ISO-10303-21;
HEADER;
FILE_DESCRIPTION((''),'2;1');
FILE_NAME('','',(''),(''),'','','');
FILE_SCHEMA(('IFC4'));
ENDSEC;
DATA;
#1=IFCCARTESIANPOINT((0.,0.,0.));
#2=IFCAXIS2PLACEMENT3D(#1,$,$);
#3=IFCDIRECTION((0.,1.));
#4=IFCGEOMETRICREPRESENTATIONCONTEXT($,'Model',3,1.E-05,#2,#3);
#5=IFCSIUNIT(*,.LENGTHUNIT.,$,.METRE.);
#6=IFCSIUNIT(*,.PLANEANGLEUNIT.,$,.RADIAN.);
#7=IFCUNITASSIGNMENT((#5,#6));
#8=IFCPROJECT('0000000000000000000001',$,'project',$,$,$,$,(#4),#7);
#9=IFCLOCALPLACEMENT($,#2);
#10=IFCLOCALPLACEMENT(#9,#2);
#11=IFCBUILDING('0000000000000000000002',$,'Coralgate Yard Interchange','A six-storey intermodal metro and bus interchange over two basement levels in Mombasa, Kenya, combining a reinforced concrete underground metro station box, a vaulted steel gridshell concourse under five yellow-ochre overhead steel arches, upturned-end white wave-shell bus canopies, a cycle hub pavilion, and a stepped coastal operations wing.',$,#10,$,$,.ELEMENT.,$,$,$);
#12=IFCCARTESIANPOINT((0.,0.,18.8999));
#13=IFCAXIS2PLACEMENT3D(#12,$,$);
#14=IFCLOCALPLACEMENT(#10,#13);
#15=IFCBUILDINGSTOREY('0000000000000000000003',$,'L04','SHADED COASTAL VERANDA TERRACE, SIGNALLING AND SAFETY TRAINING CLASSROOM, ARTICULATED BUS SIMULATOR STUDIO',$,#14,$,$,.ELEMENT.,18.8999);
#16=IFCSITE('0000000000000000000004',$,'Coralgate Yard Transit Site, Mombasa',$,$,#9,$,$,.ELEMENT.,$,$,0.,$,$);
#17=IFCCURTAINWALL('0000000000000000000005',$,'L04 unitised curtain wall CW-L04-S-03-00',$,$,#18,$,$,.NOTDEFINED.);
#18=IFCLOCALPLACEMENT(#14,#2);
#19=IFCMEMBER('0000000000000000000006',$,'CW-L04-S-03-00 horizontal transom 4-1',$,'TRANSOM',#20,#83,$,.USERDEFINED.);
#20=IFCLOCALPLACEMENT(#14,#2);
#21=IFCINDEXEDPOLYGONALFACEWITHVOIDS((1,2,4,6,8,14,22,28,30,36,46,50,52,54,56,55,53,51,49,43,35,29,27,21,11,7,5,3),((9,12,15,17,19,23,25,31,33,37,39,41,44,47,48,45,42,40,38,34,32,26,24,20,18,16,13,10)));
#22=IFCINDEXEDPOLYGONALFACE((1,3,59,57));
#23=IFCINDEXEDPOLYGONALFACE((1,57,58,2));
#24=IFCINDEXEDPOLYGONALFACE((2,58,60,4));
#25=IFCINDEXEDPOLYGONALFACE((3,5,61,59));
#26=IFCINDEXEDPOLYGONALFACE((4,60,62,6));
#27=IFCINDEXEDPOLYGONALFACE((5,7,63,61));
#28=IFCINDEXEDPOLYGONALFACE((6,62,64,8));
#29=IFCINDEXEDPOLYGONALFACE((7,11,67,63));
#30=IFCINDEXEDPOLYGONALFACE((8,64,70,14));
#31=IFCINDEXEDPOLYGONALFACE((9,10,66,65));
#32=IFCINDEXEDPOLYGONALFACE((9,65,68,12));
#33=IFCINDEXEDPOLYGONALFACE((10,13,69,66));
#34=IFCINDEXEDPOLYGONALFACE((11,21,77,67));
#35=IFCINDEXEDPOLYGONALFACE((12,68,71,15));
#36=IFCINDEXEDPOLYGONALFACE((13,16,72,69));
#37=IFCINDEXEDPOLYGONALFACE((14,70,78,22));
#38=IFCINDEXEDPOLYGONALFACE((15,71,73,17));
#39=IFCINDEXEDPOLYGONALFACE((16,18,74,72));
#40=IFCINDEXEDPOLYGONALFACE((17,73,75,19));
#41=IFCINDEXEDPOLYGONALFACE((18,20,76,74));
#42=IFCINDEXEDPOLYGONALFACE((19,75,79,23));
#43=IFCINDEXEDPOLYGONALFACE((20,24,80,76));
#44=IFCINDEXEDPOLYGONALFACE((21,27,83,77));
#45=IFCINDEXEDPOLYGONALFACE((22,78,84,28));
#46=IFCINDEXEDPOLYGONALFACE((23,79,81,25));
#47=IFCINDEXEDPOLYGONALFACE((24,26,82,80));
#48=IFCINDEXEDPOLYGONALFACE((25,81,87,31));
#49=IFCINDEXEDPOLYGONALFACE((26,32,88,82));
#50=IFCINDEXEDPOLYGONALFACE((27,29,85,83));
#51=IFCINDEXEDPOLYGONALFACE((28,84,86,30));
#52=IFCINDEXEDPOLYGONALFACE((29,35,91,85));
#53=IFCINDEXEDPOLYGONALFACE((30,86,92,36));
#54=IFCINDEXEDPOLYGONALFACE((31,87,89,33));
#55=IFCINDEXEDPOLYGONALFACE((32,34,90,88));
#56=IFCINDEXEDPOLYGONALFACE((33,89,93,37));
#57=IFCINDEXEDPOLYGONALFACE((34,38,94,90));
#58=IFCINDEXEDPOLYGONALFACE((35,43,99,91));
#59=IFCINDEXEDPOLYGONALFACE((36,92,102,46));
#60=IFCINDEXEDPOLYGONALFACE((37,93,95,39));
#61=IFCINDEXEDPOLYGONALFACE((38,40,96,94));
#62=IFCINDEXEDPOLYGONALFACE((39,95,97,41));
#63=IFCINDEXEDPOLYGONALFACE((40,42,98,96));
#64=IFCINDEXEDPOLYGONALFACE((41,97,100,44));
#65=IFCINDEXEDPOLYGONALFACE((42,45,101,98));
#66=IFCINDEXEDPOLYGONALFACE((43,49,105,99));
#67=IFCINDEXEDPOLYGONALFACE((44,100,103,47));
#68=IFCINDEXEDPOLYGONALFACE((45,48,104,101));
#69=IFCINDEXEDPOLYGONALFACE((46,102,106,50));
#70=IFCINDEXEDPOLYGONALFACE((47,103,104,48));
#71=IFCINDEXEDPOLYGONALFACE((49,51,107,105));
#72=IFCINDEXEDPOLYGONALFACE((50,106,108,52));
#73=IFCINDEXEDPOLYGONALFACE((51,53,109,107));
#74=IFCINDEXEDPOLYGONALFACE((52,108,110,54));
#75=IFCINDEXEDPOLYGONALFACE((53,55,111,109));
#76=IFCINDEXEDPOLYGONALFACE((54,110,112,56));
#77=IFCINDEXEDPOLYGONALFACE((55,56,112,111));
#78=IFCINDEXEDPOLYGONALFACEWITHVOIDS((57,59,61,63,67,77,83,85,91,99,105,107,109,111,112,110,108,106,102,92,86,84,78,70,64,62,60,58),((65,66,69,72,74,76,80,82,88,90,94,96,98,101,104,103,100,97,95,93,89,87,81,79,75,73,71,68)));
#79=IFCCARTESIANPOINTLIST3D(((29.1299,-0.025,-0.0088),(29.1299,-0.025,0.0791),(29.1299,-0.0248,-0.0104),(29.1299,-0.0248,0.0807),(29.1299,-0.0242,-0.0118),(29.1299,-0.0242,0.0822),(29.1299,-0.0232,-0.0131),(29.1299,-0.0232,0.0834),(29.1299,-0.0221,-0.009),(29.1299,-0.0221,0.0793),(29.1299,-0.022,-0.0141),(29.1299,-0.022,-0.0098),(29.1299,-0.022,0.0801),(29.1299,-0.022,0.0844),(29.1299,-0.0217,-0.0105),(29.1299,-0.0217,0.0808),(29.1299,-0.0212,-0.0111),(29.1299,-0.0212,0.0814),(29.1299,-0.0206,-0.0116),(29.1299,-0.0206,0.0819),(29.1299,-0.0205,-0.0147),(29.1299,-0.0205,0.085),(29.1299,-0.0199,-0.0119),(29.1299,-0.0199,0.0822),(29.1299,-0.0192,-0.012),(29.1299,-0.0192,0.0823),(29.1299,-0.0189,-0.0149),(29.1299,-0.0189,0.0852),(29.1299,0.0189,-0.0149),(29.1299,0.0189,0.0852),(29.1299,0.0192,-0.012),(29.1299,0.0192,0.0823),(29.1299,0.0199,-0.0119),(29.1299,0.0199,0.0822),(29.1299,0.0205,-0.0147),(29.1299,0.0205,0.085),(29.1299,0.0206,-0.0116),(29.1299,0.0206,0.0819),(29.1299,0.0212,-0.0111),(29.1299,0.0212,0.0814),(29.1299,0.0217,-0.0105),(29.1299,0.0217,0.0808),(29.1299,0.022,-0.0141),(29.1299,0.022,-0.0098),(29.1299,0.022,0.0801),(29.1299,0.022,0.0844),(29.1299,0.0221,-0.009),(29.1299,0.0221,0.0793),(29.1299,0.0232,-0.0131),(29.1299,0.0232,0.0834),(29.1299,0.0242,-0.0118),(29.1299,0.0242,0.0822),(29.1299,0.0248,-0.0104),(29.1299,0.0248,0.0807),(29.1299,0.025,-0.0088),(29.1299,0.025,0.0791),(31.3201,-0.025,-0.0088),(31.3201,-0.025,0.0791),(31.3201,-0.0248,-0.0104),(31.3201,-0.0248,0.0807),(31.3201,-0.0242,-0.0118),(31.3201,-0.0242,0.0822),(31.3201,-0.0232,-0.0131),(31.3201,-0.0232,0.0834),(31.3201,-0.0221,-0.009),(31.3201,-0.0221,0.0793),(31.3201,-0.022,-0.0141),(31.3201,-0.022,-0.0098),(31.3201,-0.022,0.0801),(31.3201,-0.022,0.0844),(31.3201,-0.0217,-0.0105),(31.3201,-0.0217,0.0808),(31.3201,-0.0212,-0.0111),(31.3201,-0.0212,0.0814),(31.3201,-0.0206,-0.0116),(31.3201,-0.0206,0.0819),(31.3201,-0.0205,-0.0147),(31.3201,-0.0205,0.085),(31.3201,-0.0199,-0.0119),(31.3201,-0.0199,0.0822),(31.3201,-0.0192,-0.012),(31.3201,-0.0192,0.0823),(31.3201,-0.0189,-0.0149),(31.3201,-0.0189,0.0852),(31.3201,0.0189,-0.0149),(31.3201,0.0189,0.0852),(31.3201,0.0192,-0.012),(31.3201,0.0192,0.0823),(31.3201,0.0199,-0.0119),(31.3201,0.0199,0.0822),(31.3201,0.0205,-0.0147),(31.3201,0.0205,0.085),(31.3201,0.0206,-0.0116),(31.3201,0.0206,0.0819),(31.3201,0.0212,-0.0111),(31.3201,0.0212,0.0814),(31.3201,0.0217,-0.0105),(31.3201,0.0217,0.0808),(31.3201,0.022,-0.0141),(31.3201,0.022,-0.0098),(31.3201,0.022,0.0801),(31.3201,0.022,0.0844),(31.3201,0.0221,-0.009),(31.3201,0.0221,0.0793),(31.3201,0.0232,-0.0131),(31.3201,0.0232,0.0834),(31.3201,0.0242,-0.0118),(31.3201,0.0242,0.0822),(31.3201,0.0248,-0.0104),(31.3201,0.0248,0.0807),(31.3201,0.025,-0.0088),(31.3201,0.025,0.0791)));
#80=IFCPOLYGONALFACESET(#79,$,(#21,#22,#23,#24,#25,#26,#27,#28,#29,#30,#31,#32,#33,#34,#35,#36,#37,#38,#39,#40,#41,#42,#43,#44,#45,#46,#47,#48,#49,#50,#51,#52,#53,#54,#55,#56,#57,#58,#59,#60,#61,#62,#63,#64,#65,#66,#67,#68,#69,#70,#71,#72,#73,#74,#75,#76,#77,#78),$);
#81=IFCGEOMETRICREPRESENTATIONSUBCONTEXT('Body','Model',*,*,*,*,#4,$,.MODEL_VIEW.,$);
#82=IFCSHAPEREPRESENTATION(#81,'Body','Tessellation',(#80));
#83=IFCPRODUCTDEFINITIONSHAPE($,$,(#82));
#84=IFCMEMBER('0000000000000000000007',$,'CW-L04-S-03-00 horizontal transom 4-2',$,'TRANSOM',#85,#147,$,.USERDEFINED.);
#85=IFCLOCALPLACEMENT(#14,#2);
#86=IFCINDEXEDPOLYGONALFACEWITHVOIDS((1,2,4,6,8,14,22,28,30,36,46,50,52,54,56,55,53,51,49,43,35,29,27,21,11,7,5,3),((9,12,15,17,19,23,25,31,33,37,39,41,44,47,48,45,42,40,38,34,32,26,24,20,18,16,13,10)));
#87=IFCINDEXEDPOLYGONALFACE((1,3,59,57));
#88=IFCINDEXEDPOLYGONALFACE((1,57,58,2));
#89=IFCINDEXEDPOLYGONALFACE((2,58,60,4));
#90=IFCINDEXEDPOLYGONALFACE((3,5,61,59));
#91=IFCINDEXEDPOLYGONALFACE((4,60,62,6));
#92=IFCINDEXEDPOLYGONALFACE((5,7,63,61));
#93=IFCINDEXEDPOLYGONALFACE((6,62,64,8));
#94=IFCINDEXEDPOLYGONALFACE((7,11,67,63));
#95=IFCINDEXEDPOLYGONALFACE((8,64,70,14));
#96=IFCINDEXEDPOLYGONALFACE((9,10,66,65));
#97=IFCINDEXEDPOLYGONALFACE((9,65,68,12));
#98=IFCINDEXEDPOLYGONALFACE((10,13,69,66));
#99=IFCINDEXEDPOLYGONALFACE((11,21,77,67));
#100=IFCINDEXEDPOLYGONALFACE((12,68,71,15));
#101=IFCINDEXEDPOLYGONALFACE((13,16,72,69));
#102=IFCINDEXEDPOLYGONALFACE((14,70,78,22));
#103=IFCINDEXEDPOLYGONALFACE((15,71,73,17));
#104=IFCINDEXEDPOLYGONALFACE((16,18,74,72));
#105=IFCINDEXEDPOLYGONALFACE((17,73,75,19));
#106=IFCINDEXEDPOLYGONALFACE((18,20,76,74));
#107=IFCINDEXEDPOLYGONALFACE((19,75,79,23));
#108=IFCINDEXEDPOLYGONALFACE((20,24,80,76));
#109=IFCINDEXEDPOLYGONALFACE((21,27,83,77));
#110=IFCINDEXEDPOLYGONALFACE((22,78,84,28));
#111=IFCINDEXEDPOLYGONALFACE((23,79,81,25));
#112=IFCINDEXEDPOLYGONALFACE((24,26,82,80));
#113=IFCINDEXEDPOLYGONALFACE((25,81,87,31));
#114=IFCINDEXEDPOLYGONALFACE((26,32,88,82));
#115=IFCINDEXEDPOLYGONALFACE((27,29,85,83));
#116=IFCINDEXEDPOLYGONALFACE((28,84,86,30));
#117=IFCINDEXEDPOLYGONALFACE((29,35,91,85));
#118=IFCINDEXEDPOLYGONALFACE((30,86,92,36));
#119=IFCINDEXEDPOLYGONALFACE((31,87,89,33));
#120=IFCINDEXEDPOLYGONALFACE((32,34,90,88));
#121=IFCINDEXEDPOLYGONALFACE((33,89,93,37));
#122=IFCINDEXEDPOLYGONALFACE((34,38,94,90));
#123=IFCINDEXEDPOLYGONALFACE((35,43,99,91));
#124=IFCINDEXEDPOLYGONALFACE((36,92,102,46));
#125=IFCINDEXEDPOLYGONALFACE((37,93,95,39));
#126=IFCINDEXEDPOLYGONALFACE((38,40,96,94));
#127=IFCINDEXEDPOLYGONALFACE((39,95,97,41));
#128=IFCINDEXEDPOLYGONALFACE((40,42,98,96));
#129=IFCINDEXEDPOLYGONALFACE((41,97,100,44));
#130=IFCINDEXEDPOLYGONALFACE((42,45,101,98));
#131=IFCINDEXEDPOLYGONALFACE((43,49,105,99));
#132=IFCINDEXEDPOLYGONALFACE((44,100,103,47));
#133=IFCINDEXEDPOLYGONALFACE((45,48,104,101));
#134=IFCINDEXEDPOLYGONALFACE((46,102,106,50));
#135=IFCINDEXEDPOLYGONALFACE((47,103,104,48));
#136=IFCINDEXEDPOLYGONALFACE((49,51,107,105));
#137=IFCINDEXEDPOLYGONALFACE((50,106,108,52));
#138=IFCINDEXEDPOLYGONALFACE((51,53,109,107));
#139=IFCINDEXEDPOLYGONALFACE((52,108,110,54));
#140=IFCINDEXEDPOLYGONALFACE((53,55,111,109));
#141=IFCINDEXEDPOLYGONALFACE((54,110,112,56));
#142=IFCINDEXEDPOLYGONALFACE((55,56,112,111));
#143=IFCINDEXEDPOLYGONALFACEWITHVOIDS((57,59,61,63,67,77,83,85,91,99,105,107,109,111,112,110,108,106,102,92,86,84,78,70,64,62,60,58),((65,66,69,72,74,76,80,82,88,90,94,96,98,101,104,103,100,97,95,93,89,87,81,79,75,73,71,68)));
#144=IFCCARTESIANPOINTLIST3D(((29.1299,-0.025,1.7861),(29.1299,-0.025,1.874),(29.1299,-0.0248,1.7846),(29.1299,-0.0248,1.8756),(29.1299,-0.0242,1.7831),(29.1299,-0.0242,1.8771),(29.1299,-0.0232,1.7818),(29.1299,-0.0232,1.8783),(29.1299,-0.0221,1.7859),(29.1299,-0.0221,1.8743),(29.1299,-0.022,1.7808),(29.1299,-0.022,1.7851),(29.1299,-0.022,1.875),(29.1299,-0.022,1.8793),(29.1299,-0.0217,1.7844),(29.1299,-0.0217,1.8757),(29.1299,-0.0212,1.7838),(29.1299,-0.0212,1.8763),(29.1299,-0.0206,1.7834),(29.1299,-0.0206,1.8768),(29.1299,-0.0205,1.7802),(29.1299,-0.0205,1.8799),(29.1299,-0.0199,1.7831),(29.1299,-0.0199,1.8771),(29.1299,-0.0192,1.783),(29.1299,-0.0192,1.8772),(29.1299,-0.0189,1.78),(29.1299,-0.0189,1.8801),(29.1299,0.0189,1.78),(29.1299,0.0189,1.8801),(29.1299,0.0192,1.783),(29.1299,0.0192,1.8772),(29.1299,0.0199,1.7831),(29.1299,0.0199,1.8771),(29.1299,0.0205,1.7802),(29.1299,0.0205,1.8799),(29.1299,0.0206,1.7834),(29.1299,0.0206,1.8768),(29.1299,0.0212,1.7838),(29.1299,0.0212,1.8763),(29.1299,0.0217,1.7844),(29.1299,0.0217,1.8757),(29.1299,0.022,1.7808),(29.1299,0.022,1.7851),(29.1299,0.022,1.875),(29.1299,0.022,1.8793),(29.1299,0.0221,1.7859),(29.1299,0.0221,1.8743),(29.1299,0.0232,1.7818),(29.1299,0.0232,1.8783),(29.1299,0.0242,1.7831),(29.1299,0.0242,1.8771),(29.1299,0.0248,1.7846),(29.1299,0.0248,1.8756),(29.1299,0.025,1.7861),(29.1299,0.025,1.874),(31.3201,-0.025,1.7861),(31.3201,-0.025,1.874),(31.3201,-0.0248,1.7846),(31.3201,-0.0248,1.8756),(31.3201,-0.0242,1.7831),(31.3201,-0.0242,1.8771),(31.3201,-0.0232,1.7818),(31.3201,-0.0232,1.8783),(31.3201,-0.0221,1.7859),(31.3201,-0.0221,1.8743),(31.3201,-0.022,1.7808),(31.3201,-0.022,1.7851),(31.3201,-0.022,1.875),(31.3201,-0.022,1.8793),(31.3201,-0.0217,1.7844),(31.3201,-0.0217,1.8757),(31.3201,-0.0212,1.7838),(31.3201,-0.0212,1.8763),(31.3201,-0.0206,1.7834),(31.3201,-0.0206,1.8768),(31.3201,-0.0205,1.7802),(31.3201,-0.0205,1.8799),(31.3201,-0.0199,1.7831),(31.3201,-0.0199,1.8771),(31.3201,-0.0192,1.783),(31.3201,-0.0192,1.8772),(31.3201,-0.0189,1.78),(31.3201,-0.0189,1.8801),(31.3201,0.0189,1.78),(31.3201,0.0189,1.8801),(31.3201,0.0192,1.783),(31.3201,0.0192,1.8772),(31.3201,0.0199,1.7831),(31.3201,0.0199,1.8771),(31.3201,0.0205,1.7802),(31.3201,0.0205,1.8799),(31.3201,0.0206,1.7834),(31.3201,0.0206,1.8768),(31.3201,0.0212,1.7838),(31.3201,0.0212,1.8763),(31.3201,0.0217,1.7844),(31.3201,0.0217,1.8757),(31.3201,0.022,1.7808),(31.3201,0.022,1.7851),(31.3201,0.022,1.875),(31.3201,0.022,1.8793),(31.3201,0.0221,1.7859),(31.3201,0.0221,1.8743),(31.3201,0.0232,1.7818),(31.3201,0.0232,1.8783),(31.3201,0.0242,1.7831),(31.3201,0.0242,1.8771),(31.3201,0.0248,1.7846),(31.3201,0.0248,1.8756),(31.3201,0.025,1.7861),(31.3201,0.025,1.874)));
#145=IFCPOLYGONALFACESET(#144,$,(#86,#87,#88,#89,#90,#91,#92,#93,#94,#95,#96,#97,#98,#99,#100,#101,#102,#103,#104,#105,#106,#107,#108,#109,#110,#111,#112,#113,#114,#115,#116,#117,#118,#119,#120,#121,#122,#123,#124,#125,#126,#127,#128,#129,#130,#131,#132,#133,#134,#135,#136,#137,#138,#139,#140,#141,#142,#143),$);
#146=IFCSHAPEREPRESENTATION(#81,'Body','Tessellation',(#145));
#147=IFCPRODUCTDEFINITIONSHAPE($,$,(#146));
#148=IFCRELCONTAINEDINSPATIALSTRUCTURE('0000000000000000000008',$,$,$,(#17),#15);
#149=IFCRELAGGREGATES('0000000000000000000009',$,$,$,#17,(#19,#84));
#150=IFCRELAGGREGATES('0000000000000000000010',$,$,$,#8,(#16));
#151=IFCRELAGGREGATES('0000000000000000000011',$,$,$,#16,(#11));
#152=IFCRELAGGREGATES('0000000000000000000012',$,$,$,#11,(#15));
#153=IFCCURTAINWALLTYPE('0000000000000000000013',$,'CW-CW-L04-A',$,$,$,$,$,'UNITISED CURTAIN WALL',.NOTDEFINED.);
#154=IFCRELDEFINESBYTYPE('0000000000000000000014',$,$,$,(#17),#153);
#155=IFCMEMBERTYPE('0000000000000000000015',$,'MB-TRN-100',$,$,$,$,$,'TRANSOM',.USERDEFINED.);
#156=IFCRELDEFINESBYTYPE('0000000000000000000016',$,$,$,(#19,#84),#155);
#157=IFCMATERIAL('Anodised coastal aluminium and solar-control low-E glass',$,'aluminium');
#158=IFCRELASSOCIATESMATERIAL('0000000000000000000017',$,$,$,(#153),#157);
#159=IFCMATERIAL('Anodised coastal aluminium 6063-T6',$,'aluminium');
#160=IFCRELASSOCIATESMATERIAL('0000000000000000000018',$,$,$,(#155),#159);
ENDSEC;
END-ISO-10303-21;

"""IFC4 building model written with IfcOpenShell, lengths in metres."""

from ifc_helpers import new_model, si_unit, direction, frame, origin, origin_2d, place, context, subcontext, project, spatial, hollow_rectangle, extrude, material, material_profile, profile_set, type_object, element, aggregate, save


model = new_model("IFC4")

# Units and contexts
model_context = context("Model", 3, precision=1e-05, world=origin(), true_north=direction((0.0, 1.0)))
body_context = subcontext(model_context, "Body", "Model", "MODEL_VIEW")
ifc_project = project(units=[si_unit("LENGTHUNIT", "METRE"), si_unit("PLANEANGLEUNIT", "RADIAN")], contexts=[model_context])

# Site, building, storey
site_placement = place(None, origin())
site = spatial("IfcSite", under=ifc_project, at=site_placement, Name="Coralgate Yard Transit Site, Mombasa", CompositionType="ELEMENT", RefElevation=0.0)
building_placement = place(site_placement, origin())
building = spatial("IfcBuilding", under=site, at=building_placement, Name="Coralgate Yard Interchange", Description="A six-storey intermodal metro and bus interchange over two basement levels in Mombasa, Kenya, combining a reinforced concrete underground metro station box, a vaulted steel gridshell concourse under five yellow-ochre overhead steel arches, upturned-end white wave-shell bus canopies, a cycle hub pavilion, and a stepped coastal operations wing.", CompositionType="ELEMENT")
storey_placement = place(building_placement, frame((0.0, 0.0, 18.8999)))
storey = spatial("IfcBuildingStorey", under=building, at=storey_placement, Name="L04", Description="SHADED COASTAL VERANDA TERRACE, SIGNALLING AND SAFETY TRAINING CLASSROOM, ARTICULATED BUS SIMULATOR STUDIO", CompositionType="ELEMENT", Elevation=18.8999)

# Curtain wall, members
ifc_material_1 = material(Name="Anodised coastal aluminium and solar-control low-E glass", Category="aluminium")
curtain_wall_type = type_object("IfcCurtainWallType", Name="CW-CW-L04-A", ElementType="UNITISED CURTAIN WALL", PredefinedType="NOTDEFINED", material=ifc_material_1)
curtain_wall_placement = place(storey_placement, origin())
curtain_wall = element("IfcCurtainWall", 1, at=curtain_wall_placement, inside=storey, type_object=curtain_wall_type, Name="L04 unitised curtain wall CW-L04-S-03-00", PredefinedType="NOTDEFINED")
ifc_material_2 = material(Name="Anodised coastal aluminium 6063-T6", Category="aluminium")
ifc_material_profile_1 = material_profile(ifc_material_2, hollow_rectangle(XDim=0.05, YDim=0.1001, WallThickness=0.0029, InnerFilletRadius=0.0029, OuterFilletRadius=0.0061, at=origin_2d()), Name="ALU 50x100x3")
ifc_profile_set_1 = profile_set([ifc_material_profile_1], Name="Anodised coastal aluminium 6063-T6")
member_type_1 = type_object("IfcMemberType", Name="MB-TRN-100", ElementType="TRANSOM", PredefinedType="USERDEFINED", material=ifc_profile_set_1)
member_1_placement = place(storey_placement, frame((31.3201, 0.0, 0.0352), z_axis=(-1.0, 0.0, 0.0), x_axis=(0.0, -1.0, 0.0)))
member_1 = element("IfcMember", 2, at=member_1_placement, type_object=member_type_1, Name="CW-L04-S-03-00 horizontal transom 4-1", ObjectType="TRANSOM", PredefinedType="USERDEFINED", context=body_context, shape_type="SweptSolid", body=[
    extrude(hollow_rectangle(XDim=0.05, YDim=0.1001, WallThickness=0.0029, InnerFilletRadius=0.0029, OuterFilletRadius=0.0061, at=origin_2d()), origin(), (0.0, 0.0, 1.0), 2.1902),
])
member_2_placement = place(storey_placement, frame((31.3201, 0.0, 1.8301), z_axis=(-1.0, 0.0, 0.0), x_axis=(0.0, -1.0, 0.0)))
member_2 = element("IfcMember", 3, at=member_2_placement, type_object=member_type_1, Name="CW-L04-S-03-00 horizontal transom 4-2", ObjectType="TRANSOM", PredefinedType="USERDEFINED", context=body_context, shape_type="SweptSolid", body=[
    extrude(hollow_rectangle(XDim=0.05, YDim=0.1001, WallThickness=0.0029, InnerFilletRadius=0.0029, OuterFilletRadius=0.0061, at=origin_2d()), origin(), (0.0, 0.0, 1.0), 2.1902),
])
aggregate(curtain_wall, [member_1, member_2])

save(model, "model.ifc")
